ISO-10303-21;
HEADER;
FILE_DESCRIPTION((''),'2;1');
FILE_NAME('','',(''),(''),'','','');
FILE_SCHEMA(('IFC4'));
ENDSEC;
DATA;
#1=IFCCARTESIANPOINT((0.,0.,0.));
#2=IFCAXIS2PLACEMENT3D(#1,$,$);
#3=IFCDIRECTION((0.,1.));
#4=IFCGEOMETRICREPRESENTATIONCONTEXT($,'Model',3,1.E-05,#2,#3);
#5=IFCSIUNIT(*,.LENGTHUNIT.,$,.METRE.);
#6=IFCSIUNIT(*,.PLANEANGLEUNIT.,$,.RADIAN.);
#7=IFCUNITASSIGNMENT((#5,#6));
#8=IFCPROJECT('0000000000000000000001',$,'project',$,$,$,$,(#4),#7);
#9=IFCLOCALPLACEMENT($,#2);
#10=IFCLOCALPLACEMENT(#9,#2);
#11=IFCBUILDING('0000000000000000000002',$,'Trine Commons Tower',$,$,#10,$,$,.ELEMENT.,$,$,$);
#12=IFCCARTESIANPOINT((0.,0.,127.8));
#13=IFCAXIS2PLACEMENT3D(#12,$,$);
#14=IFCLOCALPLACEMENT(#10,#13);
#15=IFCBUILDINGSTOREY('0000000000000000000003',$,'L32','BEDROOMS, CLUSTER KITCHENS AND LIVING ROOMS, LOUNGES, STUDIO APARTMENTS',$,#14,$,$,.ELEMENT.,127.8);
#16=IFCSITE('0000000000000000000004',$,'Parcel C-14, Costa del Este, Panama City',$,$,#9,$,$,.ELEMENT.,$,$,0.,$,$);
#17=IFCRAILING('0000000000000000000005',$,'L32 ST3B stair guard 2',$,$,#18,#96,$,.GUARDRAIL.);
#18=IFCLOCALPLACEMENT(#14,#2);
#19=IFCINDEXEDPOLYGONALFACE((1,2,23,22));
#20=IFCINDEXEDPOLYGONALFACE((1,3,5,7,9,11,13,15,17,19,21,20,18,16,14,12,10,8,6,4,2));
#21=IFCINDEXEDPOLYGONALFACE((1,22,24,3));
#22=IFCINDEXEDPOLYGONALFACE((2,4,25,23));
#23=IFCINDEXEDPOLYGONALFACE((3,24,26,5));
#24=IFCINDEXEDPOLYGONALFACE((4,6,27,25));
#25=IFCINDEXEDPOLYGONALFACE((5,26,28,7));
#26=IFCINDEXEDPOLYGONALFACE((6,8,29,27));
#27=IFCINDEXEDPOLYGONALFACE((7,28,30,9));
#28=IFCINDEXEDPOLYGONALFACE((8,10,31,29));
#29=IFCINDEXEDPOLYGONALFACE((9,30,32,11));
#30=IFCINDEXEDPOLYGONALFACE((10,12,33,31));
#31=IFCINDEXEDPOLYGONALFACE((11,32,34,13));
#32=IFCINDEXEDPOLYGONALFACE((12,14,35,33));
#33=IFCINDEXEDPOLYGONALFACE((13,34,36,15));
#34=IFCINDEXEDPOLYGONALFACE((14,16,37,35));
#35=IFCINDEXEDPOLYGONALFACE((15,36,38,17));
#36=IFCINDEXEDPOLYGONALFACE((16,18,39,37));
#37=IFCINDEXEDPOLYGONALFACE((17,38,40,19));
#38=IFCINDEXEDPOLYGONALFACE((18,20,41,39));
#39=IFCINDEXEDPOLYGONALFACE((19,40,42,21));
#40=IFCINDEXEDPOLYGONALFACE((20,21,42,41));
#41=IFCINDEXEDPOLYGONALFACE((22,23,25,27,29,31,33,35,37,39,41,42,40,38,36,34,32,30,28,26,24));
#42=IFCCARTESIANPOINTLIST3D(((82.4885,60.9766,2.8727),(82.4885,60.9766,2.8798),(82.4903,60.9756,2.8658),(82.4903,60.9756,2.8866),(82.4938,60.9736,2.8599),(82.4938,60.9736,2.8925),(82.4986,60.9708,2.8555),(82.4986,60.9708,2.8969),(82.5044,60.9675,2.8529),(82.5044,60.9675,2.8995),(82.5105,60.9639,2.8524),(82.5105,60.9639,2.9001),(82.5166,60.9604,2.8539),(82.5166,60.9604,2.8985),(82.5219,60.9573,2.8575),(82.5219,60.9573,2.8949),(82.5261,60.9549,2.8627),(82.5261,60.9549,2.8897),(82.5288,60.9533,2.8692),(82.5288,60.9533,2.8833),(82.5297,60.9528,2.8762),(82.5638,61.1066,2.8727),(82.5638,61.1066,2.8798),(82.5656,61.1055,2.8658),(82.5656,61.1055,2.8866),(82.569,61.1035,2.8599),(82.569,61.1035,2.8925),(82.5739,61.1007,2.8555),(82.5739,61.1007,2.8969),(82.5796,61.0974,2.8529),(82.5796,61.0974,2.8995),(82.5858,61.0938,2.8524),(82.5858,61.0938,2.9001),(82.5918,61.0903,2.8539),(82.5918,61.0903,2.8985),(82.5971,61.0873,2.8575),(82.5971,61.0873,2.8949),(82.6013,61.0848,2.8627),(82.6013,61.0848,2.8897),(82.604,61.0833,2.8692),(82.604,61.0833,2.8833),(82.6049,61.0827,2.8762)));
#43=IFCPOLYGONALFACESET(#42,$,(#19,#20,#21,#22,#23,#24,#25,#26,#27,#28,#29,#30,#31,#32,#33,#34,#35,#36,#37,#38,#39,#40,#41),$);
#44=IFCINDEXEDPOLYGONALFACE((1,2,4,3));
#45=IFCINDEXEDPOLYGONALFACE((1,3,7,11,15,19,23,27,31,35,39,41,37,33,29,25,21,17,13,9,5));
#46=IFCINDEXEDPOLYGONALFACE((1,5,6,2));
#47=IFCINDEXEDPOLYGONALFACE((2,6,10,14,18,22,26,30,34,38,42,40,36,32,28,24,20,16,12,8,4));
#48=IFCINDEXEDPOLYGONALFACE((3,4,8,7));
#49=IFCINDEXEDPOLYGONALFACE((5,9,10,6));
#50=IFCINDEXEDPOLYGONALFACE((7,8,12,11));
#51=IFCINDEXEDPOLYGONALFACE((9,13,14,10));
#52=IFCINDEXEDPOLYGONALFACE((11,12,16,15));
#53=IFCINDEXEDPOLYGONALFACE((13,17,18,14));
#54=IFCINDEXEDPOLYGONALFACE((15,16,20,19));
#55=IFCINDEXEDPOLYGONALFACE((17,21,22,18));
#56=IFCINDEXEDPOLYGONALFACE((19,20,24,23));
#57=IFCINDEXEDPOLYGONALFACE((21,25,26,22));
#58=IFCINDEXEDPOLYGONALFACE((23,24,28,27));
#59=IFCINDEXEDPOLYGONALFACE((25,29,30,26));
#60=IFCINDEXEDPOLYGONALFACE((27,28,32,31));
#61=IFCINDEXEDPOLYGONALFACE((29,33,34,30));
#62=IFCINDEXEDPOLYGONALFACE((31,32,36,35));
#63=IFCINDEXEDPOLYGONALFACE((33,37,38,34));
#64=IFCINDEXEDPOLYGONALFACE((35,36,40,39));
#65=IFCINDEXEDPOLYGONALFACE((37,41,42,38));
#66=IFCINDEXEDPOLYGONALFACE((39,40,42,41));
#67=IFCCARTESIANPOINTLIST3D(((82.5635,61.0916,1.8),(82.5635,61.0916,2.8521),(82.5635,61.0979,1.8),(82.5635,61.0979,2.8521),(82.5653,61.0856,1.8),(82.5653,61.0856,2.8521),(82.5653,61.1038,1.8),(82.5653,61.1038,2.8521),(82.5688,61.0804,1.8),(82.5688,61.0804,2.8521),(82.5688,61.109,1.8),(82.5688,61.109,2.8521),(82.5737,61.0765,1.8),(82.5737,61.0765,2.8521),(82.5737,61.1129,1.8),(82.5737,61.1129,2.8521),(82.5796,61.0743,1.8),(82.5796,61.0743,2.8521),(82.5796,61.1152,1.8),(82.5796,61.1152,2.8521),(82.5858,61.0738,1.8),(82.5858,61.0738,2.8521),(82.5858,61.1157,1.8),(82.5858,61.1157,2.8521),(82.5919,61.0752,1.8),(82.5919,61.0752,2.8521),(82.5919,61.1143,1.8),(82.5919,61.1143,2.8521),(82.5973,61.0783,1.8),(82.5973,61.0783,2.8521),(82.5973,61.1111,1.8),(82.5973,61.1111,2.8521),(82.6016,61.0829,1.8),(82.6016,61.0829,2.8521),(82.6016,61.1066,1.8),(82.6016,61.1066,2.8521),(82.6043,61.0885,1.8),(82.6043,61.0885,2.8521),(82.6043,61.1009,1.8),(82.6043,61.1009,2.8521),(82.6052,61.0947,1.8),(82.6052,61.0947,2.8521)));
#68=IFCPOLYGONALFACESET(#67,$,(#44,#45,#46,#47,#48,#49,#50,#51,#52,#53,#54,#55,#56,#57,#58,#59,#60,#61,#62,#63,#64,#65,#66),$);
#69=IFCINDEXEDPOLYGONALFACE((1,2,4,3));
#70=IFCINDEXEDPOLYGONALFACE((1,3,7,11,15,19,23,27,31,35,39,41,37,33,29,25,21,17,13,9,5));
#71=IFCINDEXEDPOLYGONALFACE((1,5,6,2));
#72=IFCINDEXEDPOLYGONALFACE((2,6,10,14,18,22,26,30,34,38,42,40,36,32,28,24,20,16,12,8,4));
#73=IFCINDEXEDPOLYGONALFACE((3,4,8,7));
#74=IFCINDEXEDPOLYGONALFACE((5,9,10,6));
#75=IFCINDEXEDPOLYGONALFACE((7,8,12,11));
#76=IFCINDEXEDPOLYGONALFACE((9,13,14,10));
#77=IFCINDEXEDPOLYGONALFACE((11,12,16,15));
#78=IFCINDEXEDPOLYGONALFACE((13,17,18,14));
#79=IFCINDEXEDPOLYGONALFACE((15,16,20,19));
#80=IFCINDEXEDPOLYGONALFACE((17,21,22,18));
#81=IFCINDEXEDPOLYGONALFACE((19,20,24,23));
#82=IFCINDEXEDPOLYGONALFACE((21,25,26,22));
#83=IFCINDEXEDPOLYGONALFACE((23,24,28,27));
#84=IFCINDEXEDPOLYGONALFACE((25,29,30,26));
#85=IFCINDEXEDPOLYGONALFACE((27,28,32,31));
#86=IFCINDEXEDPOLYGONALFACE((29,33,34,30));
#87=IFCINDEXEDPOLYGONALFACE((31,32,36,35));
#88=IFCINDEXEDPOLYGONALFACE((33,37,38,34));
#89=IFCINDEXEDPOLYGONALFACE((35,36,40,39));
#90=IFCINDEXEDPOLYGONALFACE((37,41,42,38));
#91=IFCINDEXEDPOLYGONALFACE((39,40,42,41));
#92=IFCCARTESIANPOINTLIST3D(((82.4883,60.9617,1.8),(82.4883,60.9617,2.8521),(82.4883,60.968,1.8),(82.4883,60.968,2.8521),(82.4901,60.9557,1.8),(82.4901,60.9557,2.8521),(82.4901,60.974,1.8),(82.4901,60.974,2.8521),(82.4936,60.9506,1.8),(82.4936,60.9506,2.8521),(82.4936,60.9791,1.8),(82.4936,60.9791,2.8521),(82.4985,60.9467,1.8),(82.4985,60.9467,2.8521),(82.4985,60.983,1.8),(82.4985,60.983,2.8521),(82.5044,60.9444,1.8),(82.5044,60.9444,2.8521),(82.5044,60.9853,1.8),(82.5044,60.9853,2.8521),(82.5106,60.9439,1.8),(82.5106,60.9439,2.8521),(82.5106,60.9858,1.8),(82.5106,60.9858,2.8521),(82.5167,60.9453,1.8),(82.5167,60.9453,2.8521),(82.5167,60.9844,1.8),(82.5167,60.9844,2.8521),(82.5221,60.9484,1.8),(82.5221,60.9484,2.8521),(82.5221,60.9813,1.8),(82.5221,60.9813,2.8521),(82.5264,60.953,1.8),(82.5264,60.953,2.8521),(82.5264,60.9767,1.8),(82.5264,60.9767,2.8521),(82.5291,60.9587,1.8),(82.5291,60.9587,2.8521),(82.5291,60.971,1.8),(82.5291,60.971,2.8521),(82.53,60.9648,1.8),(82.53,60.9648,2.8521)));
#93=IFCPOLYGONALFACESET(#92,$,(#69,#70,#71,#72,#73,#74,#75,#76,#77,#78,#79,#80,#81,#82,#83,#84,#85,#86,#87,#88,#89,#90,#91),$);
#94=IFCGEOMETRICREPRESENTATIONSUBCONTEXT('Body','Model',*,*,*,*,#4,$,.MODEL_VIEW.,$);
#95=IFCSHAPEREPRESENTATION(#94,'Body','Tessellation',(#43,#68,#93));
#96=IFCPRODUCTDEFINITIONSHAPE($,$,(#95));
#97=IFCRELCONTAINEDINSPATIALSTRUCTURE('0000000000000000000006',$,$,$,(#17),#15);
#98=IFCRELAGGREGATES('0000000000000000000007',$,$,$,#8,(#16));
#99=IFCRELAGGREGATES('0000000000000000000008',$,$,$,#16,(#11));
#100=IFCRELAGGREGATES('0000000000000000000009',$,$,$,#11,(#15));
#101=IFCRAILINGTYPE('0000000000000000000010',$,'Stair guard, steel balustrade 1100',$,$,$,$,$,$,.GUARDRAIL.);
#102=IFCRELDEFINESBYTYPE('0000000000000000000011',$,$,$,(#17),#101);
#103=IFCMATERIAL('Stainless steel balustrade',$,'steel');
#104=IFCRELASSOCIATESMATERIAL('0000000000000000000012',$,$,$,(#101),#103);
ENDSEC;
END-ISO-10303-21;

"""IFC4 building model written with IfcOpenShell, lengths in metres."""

from ifc_helpers import new_model, si_unit, direction, frame, origin, origin_2d, place, context, subcontext, project, spatial, circle, extrude, material, type_object, element, save


model = new_model("IFC4")

# Units and contexts
model_context = context("Model", 3, precision=1e-05, world=origin(), true_north=direction((0.0, 1.0)))
body_context = subcontext(model_context, "Body", "Model", "MODEL_VIEW")
ifc_project = project(units=[si_unit("LENGTHUNIT", "METRE"), si_unit("PLANEANGLEUNIT", "RADIAN")], contexts=[model_context])

# Site, building, storey
site_placement = place(None, origin())
site = spatial("IfcSite", under=ifc_project, at=site_placement, Name="Parcel C-14, Costa del Este, Panama City", CompositionType="ELEMENT", RefElevation=0.0)
building_placement = place(site_placement, origin())
building = spatial("IfcBuilding", under=site, at=building_placement, Name="Trine Commons Tower", CompositionType="ELEMENT")
storey_placement = place(building_placement, frame((0.0, 0.0, 127.8)))
storey = spatial("IfcBuildingStorey", under=building, at=storey_placement, Name="L32", Description="BEDROOMS, CLUSTER KITCHENS AND LIVING ROOMS, LOUNGES, STUDIO APARTMENTS", CompositionType="ELEMENT", Elevation=127.8)

# Railing
ifc_material_1 = material(Name="Stainless steel balustrade", Category="steel")
railing_type_1 = type_object("IfcRailingType", Name="Stair guard, steel balustrade 1100", PredefinedType="GUARDRAIL", material=ifc_material_1)
railing_1_placement = place(storey_placement, frame((82.5842, 61.0947, 1.8)))
element("IfcRailing", 1, at=railing_1_placement, inside=storey, type_object=railing_type_1, Name="L32 ST3B stair guard 2", PredefinedType="GUARDRAIL", context=body_context, shape_type="SweptSolid", body=[
    extrude(circle(Radius=0.0239, at=origin_2d()), frame((0.0, 0.0, 1.0762), z_axis=(-0.501036, -0.865426, 0.0), x_axis=(0.865426, -0.501036, 0.0)), (0.0, 0.0, 1.0), 0.1501),
    extrude(circle(Radius=0.021, at=origin_2d()), origin(), (0.0, 0.0, 1.0), 1.052),
    extrude(circle(Radius=0.021, at=origin_2d()), frame((-0.0752, -0.1299, 0.0)), (0.0, 0.0, 1.0), 1.052),
])

save(model, "model.ifc")
